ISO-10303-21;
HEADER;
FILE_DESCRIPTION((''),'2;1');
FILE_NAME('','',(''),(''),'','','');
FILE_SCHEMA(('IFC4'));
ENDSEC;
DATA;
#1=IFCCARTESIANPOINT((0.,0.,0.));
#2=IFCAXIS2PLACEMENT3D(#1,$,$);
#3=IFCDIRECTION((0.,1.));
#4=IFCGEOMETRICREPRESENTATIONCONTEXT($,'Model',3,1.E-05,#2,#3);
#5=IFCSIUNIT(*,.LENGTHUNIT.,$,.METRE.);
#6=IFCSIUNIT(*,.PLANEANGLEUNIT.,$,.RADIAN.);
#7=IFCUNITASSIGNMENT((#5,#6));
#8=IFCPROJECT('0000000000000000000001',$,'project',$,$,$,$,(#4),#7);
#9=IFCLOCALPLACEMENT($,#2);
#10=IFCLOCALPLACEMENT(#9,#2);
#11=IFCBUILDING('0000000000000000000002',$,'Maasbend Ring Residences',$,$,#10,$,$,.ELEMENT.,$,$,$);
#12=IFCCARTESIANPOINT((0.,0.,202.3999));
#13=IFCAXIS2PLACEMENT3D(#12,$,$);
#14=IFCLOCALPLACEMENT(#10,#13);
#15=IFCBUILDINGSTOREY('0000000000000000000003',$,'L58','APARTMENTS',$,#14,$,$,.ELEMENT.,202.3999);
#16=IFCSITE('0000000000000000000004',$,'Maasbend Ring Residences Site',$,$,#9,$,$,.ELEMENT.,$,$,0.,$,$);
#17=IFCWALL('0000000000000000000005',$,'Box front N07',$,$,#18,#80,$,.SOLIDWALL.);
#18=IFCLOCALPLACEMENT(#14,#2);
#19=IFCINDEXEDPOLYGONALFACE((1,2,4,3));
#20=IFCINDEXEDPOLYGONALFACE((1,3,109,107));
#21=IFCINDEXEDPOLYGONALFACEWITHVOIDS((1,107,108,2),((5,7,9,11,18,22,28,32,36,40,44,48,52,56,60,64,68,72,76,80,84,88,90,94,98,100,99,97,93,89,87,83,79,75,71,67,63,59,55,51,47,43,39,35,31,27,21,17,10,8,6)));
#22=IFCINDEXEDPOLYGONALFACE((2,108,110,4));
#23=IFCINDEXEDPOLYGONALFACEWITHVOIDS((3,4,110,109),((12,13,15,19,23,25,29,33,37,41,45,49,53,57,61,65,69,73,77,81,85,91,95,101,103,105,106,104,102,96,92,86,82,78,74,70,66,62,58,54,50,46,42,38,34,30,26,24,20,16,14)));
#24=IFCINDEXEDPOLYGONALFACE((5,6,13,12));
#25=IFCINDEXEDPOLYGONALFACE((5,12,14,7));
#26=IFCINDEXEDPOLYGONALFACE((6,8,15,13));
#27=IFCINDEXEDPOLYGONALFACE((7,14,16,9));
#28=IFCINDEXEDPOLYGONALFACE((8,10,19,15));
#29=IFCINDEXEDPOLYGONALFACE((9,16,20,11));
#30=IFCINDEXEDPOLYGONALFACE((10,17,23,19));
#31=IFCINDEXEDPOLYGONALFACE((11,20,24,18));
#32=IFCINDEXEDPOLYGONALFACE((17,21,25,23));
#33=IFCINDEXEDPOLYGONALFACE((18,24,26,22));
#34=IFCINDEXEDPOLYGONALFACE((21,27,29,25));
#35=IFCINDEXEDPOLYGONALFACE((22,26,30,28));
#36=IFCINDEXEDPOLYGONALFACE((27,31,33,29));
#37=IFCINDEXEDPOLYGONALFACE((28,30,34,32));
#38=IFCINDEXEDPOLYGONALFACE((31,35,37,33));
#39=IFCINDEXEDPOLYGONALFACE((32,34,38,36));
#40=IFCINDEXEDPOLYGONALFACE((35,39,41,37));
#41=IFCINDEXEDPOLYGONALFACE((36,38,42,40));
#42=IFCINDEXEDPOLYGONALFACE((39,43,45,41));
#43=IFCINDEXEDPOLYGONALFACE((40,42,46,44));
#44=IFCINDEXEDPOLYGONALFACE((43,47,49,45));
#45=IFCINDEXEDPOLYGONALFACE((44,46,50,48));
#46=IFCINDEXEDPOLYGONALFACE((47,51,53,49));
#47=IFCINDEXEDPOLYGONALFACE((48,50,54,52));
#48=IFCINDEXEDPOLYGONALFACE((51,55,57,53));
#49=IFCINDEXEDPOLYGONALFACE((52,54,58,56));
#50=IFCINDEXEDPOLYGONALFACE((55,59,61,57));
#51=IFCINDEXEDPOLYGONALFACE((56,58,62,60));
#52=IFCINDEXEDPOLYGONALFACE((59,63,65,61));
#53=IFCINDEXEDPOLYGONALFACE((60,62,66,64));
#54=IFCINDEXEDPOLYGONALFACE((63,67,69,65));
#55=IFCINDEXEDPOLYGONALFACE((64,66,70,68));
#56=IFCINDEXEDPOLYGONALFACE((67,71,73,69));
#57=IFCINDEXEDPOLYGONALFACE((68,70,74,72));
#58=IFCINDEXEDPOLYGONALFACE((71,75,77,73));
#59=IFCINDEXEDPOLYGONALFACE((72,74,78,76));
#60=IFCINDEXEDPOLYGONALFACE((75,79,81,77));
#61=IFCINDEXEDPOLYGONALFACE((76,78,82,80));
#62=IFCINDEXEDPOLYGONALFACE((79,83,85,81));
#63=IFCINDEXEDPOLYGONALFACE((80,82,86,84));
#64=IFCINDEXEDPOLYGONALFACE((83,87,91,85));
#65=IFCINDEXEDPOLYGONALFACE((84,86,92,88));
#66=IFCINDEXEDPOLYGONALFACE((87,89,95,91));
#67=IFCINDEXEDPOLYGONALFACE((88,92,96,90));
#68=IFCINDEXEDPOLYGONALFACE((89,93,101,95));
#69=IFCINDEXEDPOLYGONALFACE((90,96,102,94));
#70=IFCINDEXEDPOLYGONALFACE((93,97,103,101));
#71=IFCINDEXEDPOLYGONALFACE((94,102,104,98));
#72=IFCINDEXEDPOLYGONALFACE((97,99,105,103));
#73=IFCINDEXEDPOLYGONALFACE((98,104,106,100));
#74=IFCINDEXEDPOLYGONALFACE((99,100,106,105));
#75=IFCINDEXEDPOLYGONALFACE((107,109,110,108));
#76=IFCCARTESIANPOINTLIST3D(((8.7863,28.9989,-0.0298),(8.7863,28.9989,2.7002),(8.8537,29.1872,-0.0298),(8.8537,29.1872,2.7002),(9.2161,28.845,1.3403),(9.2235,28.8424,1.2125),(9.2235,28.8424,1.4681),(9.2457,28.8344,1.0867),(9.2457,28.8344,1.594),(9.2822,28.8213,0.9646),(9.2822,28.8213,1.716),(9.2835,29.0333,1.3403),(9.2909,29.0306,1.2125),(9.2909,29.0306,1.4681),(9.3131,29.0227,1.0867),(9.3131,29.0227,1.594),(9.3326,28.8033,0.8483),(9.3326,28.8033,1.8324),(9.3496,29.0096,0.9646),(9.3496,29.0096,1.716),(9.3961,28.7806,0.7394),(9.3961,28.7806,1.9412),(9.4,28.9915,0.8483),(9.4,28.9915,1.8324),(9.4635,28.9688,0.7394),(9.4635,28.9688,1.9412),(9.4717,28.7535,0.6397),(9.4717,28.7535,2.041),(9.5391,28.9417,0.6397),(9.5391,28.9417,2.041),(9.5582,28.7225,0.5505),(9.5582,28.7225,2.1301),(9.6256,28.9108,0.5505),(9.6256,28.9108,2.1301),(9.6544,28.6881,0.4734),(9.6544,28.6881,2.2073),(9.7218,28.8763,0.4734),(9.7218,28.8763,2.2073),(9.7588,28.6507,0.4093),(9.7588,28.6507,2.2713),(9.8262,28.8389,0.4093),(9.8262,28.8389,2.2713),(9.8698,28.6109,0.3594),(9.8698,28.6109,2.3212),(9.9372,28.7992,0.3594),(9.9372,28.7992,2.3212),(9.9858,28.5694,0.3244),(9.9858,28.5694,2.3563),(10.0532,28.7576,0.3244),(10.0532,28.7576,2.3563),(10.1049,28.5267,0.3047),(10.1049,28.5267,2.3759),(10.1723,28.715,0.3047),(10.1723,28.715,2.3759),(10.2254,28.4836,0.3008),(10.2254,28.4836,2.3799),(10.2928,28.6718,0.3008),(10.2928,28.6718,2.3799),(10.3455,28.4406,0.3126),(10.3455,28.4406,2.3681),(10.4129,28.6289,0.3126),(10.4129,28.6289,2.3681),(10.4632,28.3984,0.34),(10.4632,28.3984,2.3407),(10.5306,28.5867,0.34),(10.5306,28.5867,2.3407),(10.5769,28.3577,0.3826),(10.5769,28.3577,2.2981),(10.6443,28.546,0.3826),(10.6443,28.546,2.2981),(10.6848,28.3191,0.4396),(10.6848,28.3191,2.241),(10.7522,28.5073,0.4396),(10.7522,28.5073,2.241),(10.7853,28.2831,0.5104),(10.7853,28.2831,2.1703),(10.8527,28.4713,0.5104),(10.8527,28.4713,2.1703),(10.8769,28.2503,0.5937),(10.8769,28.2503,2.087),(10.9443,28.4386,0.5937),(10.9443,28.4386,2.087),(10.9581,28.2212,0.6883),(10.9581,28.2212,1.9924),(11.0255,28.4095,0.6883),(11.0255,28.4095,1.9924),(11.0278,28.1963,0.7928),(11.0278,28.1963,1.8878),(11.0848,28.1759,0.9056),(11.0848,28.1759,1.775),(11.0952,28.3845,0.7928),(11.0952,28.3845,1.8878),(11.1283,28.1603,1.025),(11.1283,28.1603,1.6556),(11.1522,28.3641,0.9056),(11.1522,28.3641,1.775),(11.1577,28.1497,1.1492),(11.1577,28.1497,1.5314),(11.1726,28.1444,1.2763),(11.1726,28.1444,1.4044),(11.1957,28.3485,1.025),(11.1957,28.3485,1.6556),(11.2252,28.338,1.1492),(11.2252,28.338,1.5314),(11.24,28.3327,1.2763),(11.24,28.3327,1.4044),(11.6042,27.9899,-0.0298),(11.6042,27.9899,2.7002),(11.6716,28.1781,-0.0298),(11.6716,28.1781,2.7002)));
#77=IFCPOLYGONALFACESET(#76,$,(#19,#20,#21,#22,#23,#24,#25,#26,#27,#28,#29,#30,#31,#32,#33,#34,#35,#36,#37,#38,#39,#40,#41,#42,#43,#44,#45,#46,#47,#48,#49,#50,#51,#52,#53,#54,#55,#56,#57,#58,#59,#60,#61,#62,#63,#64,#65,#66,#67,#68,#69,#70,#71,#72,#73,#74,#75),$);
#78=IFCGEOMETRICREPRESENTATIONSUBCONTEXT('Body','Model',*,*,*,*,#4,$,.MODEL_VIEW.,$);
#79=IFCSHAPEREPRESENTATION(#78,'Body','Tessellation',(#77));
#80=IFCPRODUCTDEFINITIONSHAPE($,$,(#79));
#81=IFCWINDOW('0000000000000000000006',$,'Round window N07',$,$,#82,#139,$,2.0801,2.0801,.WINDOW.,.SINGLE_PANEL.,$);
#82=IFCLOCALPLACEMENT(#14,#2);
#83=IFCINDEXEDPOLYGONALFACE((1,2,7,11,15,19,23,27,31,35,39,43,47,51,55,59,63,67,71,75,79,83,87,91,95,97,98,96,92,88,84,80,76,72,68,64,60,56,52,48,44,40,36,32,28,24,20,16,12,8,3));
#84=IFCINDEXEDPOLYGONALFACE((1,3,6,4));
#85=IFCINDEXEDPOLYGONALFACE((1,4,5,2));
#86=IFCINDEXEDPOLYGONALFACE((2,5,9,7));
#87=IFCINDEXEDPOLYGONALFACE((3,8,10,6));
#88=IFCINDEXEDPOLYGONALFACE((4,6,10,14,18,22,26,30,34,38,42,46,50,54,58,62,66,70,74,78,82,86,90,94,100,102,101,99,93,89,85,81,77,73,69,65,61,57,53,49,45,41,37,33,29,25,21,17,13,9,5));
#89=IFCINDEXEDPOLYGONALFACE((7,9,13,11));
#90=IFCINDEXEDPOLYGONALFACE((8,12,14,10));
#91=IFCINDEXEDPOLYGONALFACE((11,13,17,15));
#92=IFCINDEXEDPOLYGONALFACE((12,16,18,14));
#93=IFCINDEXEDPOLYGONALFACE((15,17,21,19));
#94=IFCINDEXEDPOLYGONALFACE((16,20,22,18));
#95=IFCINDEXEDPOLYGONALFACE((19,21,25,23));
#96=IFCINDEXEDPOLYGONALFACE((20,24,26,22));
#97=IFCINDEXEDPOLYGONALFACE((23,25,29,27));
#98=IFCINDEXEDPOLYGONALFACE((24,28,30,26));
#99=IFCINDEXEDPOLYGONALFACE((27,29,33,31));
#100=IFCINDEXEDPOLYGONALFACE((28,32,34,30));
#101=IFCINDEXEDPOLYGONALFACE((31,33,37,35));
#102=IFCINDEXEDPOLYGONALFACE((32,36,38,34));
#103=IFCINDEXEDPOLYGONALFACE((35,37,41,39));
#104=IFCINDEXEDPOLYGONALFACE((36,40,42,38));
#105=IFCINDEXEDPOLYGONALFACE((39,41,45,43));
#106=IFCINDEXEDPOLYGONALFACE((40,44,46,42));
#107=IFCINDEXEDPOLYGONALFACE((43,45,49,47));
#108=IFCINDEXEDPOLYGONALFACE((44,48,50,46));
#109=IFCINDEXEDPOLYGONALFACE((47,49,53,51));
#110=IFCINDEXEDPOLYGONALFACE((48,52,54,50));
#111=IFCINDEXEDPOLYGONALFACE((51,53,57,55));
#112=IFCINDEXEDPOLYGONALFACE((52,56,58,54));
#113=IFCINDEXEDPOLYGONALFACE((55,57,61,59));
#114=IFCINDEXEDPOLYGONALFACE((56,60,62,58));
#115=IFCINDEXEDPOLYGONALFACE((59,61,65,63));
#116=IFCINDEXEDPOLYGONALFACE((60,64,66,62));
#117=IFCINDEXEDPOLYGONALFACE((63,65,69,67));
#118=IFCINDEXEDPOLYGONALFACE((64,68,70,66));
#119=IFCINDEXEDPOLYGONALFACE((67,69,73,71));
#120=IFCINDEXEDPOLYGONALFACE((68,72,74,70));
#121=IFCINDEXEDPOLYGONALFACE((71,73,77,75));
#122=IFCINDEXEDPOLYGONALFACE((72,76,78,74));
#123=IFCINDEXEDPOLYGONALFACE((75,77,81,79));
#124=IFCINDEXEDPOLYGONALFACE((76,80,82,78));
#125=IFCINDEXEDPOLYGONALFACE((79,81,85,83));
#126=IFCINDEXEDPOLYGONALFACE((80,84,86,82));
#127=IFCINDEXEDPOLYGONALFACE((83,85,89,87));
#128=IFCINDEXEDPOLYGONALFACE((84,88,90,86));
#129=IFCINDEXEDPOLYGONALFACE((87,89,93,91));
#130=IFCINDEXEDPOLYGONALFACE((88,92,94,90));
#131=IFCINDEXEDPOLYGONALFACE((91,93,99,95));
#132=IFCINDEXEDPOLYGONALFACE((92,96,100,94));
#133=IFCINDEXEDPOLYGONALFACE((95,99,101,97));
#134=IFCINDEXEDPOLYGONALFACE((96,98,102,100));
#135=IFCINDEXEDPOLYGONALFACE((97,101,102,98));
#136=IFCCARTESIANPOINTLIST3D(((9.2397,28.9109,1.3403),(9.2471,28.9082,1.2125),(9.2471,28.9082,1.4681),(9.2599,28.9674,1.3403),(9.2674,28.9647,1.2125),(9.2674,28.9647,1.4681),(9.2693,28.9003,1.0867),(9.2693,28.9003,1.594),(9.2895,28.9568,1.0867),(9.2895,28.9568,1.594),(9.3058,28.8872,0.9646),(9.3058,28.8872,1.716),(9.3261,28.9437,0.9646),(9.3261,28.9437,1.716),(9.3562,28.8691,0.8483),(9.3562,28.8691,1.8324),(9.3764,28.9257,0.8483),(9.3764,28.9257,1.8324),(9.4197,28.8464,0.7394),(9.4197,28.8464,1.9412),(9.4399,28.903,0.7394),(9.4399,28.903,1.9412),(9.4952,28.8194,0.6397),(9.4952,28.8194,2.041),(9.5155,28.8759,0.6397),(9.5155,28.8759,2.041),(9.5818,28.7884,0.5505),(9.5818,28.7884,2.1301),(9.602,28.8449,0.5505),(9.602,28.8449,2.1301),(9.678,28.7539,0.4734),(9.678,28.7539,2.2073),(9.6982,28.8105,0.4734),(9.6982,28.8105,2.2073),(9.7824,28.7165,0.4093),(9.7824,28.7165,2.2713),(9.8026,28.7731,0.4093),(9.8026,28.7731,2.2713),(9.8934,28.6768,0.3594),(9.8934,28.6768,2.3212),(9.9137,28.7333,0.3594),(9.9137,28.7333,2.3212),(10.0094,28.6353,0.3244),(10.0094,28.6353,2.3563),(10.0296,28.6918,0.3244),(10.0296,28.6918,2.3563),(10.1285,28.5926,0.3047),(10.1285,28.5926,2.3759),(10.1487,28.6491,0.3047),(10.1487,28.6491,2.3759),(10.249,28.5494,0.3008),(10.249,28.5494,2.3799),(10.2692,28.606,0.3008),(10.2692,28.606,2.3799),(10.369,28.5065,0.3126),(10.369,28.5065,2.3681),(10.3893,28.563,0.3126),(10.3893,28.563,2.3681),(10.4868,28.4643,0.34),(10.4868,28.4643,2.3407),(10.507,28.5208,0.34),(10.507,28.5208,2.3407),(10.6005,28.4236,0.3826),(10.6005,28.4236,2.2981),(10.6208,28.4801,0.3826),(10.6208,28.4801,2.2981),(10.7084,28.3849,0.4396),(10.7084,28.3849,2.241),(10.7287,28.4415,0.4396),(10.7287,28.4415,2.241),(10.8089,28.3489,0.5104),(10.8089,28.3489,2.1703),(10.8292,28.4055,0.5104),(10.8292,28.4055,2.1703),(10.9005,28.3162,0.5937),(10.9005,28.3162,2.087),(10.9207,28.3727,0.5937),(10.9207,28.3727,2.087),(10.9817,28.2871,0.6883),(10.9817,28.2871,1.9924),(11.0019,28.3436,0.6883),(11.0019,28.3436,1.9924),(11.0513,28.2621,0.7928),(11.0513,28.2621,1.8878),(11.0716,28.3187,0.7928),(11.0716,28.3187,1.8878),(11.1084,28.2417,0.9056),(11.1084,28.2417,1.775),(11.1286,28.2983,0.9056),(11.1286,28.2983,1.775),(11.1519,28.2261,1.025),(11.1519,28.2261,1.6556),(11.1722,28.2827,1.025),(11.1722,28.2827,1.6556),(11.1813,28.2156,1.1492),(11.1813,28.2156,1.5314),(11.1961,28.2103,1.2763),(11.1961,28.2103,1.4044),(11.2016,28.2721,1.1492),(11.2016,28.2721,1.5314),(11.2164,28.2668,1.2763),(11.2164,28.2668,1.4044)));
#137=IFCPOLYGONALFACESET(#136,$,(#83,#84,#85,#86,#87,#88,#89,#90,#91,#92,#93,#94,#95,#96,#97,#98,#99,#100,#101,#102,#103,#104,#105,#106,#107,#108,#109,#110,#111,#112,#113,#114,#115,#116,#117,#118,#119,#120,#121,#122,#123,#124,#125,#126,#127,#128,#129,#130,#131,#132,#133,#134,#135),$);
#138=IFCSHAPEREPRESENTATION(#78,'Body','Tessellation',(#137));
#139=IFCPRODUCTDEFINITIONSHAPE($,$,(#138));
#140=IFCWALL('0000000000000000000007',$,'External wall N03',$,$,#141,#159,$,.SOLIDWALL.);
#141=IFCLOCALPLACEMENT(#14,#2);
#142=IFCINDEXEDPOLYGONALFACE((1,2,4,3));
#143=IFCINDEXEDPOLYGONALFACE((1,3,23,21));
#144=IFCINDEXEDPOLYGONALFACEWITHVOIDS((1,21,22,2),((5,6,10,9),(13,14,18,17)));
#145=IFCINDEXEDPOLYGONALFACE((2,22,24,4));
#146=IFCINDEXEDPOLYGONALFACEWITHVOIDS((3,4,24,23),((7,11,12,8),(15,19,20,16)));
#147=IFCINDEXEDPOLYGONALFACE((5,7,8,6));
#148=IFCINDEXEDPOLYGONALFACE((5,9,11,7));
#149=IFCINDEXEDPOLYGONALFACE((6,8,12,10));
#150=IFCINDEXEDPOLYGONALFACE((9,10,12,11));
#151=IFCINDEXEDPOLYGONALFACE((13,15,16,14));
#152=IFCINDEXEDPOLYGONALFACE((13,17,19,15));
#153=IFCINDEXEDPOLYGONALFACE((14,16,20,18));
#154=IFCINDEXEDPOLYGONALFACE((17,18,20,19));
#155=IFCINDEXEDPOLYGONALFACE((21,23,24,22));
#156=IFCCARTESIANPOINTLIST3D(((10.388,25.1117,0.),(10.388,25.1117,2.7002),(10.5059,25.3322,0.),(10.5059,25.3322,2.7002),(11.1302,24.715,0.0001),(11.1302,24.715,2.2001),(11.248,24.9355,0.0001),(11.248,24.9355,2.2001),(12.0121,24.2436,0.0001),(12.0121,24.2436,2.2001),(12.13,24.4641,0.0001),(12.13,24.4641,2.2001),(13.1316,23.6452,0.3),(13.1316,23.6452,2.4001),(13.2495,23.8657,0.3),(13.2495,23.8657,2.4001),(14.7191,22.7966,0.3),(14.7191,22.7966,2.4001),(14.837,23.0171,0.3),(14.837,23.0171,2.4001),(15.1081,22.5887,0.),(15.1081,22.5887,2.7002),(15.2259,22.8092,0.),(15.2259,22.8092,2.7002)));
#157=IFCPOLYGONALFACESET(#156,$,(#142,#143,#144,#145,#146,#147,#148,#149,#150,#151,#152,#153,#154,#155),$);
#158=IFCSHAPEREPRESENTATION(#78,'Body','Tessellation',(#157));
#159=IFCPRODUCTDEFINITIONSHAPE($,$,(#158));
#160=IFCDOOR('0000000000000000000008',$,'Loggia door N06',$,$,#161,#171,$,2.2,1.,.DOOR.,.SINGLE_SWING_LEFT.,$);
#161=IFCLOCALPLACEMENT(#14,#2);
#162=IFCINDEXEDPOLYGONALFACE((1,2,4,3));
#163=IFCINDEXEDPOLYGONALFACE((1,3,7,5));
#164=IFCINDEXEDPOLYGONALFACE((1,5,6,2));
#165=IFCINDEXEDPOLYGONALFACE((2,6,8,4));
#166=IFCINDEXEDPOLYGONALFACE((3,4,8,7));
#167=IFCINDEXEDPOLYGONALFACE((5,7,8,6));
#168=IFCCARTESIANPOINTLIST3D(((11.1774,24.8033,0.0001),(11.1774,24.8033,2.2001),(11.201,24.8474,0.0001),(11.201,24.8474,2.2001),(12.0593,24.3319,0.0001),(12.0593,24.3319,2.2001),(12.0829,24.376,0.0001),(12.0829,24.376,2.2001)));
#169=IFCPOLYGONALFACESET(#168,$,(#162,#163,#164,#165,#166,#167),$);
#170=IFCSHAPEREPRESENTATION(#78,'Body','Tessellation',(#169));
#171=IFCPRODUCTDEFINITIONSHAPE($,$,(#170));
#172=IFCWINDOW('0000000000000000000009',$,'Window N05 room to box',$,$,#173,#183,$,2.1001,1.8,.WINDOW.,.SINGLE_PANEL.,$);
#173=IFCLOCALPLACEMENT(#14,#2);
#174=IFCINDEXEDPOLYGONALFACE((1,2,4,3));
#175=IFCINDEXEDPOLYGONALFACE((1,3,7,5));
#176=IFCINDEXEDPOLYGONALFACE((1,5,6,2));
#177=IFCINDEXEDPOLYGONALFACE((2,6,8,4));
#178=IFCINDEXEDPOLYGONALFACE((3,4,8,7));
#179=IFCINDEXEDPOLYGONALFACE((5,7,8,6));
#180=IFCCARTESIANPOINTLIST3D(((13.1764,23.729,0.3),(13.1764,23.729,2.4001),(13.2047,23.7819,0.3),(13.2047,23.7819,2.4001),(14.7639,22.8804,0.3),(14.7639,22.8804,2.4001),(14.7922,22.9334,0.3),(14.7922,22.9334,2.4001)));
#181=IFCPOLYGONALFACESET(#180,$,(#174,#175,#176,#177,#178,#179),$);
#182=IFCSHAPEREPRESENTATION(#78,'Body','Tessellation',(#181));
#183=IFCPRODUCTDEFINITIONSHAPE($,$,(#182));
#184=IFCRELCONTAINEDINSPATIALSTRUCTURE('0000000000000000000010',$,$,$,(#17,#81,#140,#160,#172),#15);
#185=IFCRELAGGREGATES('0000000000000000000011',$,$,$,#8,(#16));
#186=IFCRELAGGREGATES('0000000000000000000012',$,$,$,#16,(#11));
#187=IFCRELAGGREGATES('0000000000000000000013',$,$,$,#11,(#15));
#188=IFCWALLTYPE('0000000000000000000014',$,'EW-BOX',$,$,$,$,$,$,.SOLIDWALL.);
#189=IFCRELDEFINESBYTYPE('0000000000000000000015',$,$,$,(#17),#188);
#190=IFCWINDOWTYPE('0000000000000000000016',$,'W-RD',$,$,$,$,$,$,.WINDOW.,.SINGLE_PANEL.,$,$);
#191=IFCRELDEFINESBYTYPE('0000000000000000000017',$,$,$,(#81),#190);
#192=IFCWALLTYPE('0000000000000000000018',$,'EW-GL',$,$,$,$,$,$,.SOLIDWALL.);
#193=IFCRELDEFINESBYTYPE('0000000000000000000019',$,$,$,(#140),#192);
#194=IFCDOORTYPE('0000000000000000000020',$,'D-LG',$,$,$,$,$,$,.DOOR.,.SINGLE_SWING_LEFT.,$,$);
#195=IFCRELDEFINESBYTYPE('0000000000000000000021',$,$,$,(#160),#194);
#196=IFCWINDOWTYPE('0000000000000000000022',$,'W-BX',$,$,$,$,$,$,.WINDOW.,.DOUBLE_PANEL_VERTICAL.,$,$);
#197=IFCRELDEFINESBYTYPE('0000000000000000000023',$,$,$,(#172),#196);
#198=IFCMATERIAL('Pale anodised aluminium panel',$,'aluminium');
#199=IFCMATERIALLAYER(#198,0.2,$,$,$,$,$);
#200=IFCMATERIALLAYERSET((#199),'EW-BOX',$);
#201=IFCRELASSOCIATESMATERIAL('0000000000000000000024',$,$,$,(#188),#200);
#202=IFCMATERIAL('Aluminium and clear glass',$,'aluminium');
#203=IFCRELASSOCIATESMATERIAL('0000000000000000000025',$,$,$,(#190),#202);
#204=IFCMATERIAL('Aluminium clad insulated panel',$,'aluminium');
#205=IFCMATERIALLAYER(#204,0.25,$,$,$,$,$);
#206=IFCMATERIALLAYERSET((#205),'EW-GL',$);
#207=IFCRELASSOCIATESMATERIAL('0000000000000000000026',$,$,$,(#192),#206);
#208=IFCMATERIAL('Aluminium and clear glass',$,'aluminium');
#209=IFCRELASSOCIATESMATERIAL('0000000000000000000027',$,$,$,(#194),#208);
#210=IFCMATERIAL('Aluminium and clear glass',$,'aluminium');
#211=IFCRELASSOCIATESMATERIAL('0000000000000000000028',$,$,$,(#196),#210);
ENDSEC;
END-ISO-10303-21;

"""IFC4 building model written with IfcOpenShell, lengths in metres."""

from ifc_helpers import new_model, si_unit, direction, frame, frame_2d, origin, place, context, subcontext, project, spatial, rectangle, circle, extrude, material, layer, layer_set, type_object, element, fill, save


model = new_model("IFC4")

# Units and contexts
model_context = context("Model", 3, precision=1e-05, world=origin(), true_north=direction((0.0, 1.0)))
body_context = subcontext(model_context, "Body", "Model", "MODEL_VIEW")
ifc_project = project(units=[si_unit("LENGTHUNIT", "METRE"), si_unit("PLANEANGLEUNIT", "RADIAN")], contexts=[model_context])

# Site, building, storey
site_placement = place(None, origin())
site = spatial("IfcSite", under=ifc_project, at=site_placement, Name="Maasbend Ring Residences Site", CompositionType="ELEMENT", RefElevation=0.0)
building_placement = place(site_placement, origin())
building = spatial("IfcBuilding", under=site, at=building_placement, Name="Maasbend Ring Residences", CompositionType="ELEMENT")
storey_placement = place(building_placement, frame((0.0, 0.0, 202.3999)))
storey = spatial("IfcBuildingStorey", under=building, at=storey_placement, Name="L58", Description="APARTMENTS", CompositionType="ELEMENT", Elevation=202.3999)

# Shared definitions
ifc_material_1 = material(Name="Pale anodised aluminium panel", Category="aluminium")
ifc_layer_1 = layer(ifc_material_1, 0.2)
ifc_layer_set_1 = layer_set([ifc_layer_1], Name="EW-BOX")
wall_type_1 = type_object("IfcWallType", Name="EW-BOX", PredefinedType="SOLIDWALL", material=ifc_layer_set_1)

# Wall, opening, window
wall_1_placement = place(storey_placement, frame((11.6379, 28.084, -0.0298), z_axis=(0.0, 0.0, 1.0), x_axis=(-0.941461, 0.337122, 0.0)))
wall_1 = element("IfcWall", 1, at=wall_1_placement, inside=storey, type_object=wall_type_1, Name="Box front N07", PredefinedType="SOLIDWALL", context=body_context, shape_type="SweptSolid", body=[
    extrude(rectangle(XDim=2.9932, YDim=0.2, at=frame_2d((1.4966, 0.0))), origin(), (0.0, 0.0, 1.0), 2.73),
])
opening_1_placement = place(wall_1_placement, frame((0.4565, 0.0, 0.3301)))
opening_1 = element("IfcOpeningElement", 2, at=opening_1_placement, cuts=wall_1, PredefinedType="OPENING", context=body_context, shape_type="SweptSolid", body=[
    extrude(circle(Radius=1.04, at=frame_2d((1.04, 1.04))), frame((0.0, 0.1099, 0.0), z_axis=(0.0, -1.0, 0.0), x_axis=(1.0, 0.0, 0.0)), (0.0, 0.0, 1.0), 0.22),
])
ifc_material_2 = material(Name="Aluminium and clear glass", Category="aluminium")
window_type_1 = type_object("IfcWindowType", Name="W-RD", PartitioningType="SINGLE_PANEL", PredefinedType="WINDOW", material=ifc_material_2)
window_1_placement = place(opening_1_placement, origin())
window_1 = element("IfcWindow", 3, at=window_1_placement, inside=storey, type_object=window_type_1, Name="Round window N07", OverallHeight=2.0801, OverallWidth=2.0801, PartitioningType="SINGLE_PANEL", PredefinedType="WINDOW", context=body_context, shape_type="SweptSolid", body=[
    extrude(circle(Radius=1.04, at=frame_2d((1.04, 1.04))), frame((0.0, 0.03, 0.0), z_axis=(0.0, -1.0, 0.0), x_axis=(1.0, 0.0, 0.0)), (0.0, 0.0, 1.0), 0.0601),
])
fill(opening_1, window_1)

# Wall, openings, door, window
ifc_material_3 = material(Name="Aluminium clad insulated panel", Category="aluminium")
ifc_layer_2 = layer(ifc_material_3, 0.25)
ifc_layer_set_2 = layer_set([ifc_layer_2], Name="EW-GL")
wall_type_2 = type_object("IfcWallType", Name="EW-GL", PredefinedType="SOLIDWALL", material=ifc_layer_set_2)
wall_2_placement = place(storey_placement, frame((15.167, 22.699, 0.0), z_axis=(0.0, 0.0, 1.0), x_axis=(-0.881916, 0.471407, 0.0)))
wall_2 = element("IfcWall", 4, at=wall_2_placement, inside=storey, type_object=wall_type_2, Name="External wall N03", PredefinedType="SOLIDWALL", context=body_context, shape_type="SweptSolid", body=[
    extrude(rectangle(XDim=5.3521, YDim=0.25, at=frame_2d((2.676, 0.0))), origin(), (0.0, 0.0, 1.0), 2.7002),
])
opening_2_placement = place(wall_2_placement, frame((0.4412, 0.0, 0.3)))
opening_2 = element("IfcOpeningElement", 5, at=opening_2_placement, cuts=wall_2, PredefinedType="OPENING", context=body_context, shape_type="SweptSolid", body=[
    extrude(rectangle(XDim=1.8, YDim=2.1001, at=frame_2d((0.8999, 1.05))), frame((0.0, 0.135, 0.0), z_axis=(0.0, -1.0, 0.0), x_axis=(1.0, 0.0, 0.0)), (0.0, 0.0, 1.0), 0.27),
])
opening_3_placement = place(wall_2_placement, frame((3.5105, 0.0, 0.0)))
opening_3 = element("IfcOpeningElement", 6, at=opening_3_placement, cuts=wall_2, PredefinedType="OPENING", context=body_context, shape_type="SweptSolid", body=[
    extrude(rectangle(XDim=1.0, YDim=2.2, at=frame_2d((0.5, 1.1001))), frame((0.0, 0.135, 0.0), z_axis=(0.0, -1.0, 0.0), x_axis=(1.0, 0.0, 0.0)), (0.0, 0.0, 1.0), 0.27),
])
ifc_material_4 = material(Name="Aluminium and clear glass", Category="aluminium")
door_type_1 = type_object("IfcDoorType", Name="D-LG", OperationType="SINGLE_SWING_LEFT", PredefinedType="DOOR", material=ifc_material_4)
door_1_placement = place(opening_3_placement, origin())
door_1 = element("IfcDoor", 7, at=door_1_placement, inside=storey, type_object=door_type_1, Name="Loggia door N06", OperationType="SINGLE_SWING_LEFT", OverallHeight=2.2, OverallWidth=1.0, PredefinedType="DOOR", context=body_context, shape_type="SweptSolid", body=[
    extrude(rectangle(XDim=1.0, YDim=2.2, at=frame_2d((0.5, 1.1001))), frame((0.0, 0.0249, 0.0), z_axis=(0.0, -1.0, 0.0), x_axis=(1.0, 0.0, 0.0)), (0.0, 0.0, 1.0), 0.05),
])
fill(opening_3, door_1)
ifc_material_5 = material(Name="Aluminium and clear glass", Category="aluminium")
window_type_2 = type_object("IfcWindowType", Name="W-BX", PartitioningType="DOUBLE_PANEL_VERTICAL", PredefinedType="WINDOW", material=ifc_material_5)
window_2_placement = place(opening_2_placement, origin())
window_2 = element("IfcWindow", 8, at=window_2_placement, inside=storey, type_object=window_type_2, Name="Window N05 room to box", OverallHeight=2.1001, OverallWidth=1.8, PartitioningType="SINGLE_PANEL", PredefinedType="WINDOW", context=body_context, shape_type="SweptSolid", body=[
    extrude(rectangle(XDim=1.8, YDim=2.1001, at=frame_2d((0.8999, 1.05))), frame((0.0, 0.03, 0.0), z_axis=(0.0, -1.0, 0.0), x_axis=(1.0, 0.0, 0.0)), (0.0, 0.0, 1.0), 0.0601),
])
fill(opening_2, window_2)

save(model, "model.ifc")
